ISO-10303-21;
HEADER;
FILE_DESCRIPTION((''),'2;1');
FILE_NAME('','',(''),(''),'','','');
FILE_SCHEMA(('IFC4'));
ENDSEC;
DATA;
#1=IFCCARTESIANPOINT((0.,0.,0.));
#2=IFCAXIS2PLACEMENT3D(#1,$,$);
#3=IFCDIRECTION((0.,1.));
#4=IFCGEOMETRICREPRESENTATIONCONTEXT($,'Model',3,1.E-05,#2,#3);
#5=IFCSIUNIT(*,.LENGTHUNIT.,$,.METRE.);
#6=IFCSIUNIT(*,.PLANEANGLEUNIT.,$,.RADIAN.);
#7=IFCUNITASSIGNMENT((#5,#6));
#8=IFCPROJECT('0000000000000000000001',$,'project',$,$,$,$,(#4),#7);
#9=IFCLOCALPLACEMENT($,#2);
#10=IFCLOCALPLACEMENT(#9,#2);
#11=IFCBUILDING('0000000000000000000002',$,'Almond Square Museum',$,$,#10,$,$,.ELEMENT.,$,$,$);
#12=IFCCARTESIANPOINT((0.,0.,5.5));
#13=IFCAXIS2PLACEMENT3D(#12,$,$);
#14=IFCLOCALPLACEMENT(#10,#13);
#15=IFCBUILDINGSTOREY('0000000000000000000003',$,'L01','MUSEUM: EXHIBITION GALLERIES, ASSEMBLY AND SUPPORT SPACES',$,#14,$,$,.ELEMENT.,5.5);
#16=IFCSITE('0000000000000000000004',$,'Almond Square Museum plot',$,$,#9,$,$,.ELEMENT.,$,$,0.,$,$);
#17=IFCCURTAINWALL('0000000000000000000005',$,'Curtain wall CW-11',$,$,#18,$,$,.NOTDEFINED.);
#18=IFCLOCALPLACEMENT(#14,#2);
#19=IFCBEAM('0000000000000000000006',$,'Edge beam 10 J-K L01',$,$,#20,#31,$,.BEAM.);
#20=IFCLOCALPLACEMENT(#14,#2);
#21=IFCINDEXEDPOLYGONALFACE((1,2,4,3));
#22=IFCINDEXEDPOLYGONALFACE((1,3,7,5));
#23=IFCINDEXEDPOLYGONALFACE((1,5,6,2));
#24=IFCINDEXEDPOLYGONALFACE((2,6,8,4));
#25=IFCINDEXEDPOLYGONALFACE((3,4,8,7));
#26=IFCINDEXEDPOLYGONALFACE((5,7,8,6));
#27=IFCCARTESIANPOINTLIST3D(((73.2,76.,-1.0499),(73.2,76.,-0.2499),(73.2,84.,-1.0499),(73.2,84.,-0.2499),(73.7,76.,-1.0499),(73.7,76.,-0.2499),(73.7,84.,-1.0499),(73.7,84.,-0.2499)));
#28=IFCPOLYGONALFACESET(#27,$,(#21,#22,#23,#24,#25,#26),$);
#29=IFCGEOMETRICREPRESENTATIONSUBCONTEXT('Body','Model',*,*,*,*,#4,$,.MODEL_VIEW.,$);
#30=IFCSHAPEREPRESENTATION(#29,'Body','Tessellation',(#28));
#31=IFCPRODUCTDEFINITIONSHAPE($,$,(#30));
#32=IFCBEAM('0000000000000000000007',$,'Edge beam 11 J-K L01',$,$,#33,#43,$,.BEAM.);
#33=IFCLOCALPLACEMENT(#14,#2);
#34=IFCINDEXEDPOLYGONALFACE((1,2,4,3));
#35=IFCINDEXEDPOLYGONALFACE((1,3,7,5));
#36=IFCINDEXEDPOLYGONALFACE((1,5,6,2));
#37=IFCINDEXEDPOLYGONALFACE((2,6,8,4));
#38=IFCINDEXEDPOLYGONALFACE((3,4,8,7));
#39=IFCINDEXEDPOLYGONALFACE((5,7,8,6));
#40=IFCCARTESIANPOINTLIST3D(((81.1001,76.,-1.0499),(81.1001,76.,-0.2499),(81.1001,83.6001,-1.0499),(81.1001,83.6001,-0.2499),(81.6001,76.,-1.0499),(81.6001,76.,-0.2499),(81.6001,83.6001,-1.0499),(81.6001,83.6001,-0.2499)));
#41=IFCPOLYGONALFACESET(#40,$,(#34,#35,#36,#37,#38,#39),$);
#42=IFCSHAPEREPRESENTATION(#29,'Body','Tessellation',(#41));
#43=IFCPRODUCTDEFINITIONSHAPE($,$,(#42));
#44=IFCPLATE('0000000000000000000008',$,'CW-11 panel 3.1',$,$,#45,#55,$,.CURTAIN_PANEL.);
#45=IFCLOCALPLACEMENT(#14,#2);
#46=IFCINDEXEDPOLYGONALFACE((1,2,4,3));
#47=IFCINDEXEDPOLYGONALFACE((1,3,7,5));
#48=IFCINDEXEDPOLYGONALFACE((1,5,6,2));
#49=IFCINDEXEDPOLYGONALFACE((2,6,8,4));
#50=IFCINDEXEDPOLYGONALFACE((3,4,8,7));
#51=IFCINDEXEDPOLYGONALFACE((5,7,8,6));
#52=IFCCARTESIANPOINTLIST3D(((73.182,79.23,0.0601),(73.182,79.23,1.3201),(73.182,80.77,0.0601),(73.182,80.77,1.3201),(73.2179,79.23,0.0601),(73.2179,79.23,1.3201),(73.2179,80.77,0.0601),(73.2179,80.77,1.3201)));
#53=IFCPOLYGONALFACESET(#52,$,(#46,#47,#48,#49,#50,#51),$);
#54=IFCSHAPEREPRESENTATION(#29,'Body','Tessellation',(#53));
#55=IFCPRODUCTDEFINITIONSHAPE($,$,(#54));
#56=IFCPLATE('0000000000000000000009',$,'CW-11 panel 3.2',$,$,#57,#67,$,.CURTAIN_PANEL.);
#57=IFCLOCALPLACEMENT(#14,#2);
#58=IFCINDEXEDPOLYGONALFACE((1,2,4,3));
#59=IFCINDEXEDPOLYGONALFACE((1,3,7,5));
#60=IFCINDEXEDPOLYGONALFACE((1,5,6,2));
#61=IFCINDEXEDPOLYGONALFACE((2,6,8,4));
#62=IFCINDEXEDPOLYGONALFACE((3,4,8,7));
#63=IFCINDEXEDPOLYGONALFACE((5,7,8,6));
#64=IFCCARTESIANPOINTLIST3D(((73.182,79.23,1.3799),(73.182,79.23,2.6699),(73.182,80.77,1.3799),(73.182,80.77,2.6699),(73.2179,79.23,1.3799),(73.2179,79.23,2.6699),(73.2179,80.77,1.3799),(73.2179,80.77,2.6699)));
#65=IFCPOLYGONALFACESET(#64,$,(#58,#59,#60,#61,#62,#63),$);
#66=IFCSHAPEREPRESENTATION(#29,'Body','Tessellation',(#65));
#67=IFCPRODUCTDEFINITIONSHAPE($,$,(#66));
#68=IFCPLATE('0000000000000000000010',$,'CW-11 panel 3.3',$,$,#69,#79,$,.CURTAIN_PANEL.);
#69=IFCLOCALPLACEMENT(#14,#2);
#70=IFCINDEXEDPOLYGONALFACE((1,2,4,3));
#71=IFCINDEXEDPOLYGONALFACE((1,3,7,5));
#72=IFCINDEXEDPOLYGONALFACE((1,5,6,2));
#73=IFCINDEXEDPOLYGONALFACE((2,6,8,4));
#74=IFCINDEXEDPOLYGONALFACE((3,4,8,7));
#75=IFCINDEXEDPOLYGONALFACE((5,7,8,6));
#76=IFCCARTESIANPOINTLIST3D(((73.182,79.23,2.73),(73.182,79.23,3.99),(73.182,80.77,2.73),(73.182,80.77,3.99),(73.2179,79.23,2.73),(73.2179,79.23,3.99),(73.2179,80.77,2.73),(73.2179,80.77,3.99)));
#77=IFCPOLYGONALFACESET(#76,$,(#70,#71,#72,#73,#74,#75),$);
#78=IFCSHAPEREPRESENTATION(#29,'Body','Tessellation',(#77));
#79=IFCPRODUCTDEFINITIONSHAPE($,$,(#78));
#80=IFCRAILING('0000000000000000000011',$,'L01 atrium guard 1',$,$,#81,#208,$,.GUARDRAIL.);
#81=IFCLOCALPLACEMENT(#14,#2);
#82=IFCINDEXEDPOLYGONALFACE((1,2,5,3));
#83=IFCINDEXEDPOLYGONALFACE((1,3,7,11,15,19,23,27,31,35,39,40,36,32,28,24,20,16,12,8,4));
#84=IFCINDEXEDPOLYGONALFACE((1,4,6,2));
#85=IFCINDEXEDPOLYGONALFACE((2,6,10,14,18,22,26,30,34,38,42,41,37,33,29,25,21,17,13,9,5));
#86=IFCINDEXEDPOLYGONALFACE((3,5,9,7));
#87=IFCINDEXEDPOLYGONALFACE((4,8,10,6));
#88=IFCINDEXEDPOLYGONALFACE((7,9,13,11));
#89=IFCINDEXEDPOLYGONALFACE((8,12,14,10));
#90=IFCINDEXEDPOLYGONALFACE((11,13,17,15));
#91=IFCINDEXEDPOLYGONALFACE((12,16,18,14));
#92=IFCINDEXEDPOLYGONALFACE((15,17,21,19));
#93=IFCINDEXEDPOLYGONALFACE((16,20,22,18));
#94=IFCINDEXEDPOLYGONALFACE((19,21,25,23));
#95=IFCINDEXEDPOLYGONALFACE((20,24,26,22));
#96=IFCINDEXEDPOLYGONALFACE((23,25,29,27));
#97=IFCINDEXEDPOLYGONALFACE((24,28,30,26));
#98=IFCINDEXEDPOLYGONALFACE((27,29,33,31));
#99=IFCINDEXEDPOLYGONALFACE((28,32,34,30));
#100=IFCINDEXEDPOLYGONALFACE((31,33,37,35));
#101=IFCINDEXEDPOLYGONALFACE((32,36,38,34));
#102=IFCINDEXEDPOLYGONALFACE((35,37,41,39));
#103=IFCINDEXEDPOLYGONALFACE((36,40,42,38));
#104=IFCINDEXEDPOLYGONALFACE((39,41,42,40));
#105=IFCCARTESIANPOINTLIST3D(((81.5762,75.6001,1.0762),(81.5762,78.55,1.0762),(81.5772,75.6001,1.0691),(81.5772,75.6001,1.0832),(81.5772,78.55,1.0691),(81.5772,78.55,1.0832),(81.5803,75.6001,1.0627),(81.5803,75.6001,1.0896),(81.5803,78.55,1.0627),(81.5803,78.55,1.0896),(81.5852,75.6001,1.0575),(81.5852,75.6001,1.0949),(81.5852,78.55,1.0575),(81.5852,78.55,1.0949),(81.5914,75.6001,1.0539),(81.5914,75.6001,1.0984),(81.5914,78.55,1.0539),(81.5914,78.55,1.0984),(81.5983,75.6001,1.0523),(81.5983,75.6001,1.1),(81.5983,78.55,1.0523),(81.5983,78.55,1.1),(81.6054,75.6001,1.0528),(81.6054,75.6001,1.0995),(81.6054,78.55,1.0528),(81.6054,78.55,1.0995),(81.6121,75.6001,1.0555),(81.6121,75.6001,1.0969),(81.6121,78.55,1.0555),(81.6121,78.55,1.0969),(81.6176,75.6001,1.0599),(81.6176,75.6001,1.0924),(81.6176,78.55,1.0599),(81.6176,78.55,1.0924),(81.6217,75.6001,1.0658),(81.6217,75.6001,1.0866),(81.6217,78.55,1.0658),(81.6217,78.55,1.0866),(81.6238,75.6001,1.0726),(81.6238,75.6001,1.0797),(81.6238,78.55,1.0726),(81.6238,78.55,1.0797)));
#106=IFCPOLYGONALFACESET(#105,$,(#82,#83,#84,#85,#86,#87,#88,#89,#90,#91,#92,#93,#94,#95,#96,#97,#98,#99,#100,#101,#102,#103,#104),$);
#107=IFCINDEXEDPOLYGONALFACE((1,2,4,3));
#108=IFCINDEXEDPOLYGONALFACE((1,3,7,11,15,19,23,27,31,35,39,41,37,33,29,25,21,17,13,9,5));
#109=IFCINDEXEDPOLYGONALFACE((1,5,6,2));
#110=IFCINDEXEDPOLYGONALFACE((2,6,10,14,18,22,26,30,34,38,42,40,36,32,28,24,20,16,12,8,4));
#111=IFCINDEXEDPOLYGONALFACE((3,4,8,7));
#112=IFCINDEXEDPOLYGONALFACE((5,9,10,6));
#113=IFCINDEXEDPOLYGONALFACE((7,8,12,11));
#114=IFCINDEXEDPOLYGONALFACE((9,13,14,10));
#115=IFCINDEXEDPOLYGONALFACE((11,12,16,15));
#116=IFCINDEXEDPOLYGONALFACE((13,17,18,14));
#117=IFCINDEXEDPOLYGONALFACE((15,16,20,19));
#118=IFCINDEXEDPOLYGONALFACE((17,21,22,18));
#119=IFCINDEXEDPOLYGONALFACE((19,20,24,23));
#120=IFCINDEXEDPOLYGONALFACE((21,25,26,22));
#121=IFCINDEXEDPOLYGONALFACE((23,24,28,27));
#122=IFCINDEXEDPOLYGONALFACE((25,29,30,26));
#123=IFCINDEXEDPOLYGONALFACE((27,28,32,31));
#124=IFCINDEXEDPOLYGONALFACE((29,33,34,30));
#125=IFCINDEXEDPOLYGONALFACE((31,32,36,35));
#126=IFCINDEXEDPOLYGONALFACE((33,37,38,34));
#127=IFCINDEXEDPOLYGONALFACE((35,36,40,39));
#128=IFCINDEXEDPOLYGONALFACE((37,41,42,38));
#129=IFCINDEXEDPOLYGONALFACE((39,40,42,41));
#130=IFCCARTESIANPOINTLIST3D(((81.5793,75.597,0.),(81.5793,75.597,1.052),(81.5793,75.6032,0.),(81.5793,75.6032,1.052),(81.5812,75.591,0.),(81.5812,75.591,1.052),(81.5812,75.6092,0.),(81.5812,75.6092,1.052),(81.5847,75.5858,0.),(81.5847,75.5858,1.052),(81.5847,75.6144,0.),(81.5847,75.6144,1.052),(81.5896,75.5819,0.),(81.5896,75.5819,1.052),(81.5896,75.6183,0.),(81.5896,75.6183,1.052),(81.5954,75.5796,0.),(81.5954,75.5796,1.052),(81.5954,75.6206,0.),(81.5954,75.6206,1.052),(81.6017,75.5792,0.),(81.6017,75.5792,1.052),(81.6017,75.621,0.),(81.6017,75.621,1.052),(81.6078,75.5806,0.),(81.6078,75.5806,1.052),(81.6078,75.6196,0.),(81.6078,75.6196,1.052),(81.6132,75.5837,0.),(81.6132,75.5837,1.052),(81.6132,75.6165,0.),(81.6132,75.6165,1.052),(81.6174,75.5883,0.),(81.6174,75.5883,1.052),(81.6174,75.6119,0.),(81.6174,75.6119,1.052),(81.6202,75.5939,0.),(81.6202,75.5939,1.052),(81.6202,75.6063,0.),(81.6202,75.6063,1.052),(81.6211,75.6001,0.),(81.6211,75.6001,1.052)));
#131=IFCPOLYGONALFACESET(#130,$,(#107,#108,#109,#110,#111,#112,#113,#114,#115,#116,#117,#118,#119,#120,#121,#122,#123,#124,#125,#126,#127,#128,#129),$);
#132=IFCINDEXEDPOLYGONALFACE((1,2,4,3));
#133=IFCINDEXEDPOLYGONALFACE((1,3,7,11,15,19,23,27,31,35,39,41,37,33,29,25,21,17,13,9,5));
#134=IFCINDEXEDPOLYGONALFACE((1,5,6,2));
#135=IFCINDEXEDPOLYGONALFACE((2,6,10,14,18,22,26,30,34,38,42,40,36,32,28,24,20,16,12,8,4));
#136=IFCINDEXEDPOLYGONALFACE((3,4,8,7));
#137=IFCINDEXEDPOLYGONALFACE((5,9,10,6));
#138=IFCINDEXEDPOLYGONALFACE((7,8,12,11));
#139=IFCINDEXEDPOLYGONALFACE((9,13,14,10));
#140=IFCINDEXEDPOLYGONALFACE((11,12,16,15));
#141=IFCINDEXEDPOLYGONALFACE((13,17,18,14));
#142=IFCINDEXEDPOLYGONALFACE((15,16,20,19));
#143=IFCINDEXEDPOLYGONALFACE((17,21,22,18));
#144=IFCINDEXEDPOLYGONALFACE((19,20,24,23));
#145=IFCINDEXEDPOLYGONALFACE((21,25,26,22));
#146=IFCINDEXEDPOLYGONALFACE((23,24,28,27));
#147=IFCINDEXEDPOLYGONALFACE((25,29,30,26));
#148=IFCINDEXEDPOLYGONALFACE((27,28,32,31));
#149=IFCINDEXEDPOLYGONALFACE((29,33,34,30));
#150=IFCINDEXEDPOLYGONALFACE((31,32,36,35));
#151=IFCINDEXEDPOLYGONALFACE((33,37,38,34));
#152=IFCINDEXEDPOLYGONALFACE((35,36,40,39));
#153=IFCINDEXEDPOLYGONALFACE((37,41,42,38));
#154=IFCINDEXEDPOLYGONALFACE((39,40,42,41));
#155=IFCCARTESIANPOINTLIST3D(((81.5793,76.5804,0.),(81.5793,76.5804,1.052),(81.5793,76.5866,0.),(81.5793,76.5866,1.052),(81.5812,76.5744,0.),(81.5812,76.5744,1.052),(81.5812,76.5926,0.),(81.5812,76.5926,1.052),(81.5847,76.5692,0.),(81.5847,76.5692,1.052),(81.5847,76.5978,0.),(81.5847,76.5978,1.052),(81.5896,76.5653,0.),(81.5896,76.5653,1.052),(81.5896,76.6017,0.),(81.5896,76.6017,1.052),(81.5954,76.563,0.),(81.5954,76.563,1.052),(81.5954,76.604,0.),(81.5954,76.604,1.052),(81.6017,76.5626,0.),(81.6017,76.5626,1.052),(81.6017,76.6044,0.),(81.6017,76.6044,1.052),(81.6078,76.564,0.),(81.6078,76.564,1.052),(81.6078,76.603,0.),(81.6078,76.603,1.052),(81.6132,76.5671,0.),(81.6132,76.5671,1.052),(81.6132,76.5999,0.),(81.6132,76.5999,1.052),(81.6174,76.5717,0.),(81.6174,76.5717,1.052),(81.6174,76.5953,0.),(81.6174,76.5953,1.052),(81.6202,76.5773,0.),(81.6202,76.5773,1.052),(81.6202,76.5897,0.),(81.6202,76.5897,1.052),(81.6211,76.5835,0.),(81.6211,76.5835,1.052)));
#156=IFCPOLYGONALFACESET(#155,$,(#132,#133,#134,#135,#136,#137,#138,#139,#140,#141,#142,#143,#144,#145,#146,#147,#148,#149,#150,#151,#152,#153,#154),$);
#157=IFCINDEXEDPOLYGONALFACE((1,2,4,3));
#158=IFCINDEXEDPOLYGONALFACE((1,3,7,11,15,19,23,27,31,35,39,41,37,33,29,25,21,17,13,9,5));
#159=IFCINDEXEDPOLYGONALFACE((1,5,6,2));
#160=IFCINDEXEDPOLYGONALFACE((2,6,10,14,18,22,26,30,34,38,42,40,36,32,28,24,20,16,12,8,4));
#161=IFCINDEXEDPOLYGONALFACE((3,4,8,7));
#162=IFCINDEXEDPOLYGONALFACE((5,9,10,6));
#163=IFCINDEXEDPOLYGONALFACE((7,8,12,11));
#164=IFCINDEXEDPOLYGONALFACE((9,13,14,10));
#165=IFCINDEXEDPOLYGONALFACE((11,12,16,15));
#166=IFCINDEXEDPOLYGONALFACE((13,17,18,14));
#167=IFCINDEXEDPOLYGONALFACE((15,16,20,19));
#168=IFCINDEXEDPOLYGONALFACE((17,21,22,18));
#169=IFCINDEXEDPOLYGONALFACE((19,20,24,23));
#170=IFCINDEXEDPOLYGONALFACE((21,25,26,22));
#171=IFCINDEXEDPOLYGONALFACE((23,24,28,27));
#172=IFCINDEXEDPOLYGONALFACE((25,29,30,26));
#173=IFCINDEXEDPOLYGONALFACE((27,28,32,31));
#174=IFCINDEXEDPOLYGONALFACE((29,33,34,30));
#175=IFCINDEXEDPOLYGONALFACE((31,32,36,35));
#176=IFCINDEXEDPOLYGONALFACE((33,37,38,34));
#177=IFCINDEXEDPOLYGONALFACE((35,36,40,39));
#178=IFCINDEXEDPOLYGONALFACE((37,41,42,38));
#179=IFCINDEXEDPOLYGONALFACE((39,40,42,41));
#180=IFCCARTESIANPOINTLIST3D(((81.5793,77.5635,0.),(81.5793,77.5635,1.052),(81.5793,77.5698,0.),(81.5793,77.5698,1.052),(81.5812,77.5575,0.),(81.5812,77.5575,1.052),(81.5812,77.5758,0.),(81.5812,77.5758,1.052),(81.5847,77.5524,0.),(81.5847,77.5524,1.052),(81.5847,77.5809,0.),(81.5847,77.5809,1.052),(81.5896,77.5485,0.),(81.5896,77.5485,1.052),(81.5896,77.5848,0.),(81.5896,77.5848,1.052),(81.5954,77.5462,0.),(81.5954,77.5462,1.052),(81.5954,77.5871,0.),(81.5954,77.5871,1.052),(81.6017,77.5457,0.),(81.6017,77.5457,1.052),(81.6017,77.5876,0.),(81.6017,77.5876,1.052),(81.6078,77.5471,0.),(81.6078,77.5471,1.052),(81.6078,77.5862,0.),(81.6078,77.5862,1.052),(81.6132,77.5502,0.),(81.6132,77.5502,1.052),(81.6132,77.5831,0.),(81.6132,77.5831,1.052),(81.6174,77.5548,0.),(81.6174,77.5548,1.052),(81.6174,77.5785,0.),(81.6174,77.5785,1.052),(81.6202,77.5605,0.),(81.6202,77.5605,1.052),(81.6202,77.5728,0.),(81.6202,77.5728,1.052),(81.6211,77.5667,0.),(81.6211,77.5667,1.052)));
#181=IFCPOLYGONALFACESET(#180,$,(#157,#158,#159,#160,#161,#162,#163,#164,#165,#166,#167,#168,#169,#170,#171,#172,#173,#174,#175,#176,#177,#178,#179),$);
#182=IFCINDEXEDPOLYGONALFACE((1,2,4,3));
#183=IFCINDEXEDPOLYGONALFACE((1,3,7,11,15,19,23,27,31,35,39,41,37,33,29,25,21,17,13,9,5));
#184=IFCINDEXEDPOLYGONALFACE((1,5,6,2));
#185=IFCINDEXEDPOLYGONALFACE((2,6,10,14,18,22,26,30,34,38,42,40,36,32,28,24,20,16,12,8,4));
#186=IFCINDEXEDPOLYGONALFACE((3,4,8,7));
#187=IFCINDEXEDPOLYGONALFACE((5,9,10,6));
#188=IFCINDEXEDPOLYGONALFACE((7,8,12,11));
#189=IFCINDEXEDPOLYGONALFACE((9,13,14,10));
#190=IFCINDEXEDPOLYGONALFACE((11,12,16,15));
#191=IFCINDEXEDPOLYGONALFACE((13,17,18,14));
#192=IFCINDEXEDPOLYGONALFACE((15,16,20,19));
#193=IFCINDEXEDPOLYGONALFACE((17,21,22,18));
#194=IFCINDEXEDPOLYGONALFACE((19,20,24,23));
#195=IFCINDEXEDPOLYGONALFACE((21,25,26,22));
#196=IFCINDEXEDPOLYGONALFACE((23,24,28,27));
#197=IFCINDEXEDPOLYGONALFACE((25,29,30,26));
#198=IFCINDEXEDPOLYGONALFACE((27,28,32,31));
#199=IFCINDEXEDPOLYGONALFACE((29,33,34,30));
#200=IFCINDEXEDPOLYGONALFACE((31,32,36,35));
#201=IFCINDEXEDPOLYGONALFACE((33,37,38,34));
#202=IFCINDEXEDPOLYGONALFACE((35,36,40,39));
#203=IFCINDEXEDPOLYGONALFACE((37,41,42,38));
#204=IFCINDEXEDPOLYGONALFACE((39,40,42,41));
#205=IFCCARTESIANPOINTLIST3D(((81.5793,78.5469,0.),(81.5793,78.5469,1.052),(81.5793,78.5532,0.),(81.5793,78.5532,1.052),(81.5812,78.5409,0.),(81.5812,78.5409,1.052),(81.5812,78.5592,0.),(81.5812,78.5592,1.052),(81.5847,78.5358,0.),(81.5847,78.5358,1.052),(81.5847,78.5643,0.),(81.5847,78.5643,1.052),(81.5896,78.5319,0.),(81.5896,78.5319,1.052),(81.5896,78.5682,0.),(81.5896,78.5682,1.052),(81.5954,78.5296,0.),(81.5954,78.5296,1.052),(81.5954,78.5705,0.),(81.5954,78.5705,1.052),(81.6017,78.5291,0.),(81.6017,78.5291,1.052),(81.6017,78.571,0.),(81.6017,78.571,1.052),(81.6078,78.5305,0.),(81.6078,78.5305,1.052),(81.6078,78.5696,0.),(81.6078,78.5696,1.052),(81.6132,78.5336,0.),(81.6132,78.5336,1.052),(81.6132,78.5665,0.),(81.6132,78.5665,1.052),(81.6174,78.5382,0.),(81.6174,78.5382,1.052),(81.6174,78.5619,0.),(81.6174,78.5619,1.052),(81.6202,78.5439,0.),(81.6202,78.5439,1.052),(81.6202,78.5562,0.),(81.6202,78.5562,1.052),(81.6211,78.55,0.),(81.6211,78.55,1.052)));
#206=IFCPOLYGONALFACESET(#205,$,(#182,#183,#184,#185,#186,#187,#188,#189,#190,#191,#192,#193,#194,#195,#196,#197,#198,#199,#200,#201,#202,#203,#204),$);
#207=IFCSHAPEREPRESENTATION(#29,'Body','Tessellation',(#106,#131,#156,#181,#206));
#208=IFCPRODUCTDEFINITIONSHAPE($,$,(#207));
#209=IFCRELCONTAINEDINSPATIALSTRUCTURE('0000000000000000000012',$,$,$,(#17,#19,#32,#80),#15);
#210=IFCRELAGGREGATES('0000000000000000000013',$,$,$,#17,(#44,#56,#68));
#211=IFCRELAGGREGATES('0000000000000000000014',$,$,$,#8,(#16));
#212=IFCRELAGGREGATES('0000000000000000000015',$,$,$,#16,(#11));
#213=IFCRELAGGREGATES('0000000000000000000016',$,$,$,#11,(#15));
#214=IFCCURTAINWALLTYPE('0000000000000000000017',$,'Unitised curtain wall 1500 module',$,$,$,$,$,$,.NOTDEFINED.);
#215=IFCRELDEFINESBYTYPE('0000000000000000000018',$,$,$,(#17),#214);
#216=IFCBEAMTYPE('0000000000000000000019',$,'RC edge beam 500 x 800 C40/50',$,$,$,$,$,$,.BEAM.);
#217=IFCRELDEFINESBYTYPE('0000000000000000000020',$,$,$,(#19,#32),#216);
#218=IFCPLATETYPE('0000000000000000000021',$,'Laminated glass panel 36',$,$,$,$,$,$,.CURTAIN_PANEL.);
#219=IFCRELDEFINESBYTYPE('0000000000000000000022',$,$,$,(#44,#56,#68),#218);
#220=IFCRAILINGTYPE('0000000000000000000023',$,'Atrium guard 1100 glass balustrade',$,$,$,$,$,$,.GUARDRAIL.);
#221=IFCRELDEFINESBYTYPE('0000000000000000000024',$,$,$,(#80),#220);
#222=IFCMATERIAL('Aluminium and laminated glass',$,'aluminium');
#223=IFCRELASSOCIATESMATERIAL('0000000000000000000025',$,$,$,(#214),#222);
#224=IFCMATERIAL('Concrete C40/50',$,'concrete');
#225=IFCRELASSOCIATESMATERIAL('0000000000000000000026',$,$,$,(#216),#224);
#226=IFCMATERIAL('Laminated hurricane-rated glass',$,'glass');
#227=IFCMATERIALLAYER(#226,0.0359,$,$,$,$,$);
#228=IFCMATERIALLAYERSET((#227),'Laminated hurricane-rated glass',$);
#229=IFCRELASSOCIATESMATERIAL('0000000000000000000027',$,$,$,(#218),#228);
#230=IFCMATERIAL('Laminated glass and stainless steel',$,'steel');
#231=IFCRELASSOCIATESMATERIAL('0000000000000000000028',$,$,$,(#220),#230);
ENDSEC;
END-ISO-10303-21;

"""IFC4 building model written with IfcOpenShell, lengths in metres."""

from ifc_helpers import new_model, si_unit, direction, frame, origin, origin_2d, place, context, subcontext, project, spatial, rectangle, circle, extrude, material, layer, layer_set, material_profile, profile_set, type_object, element, aggregate, save


model = new_model("IFC4")

# Units and contexts
model_context = context("Model", 3, precision=1e-05, world=origin(), true_north=direction((0.0, 1.0)))
body_context = subcontext(model_context, "Body", "Model", "MODEL_VIEW")
ifc_project = project(units=[si_unit("LENGTHUNIT", "METRE"), si_unit("PLANEANGLEUNIT", "RADIAN")], contexts=[model_context])

# Site, building, storey
site_placement = place(None, origin())
site = spatial("IfcSite", under=ifc_project, at=site_placement, Name="Almond Square Museum plot", CompositionType="ELEMENT", RefElevation=0.0)
building_placement = place(site_placement, origin())
building = spatial("IfcBuilding", under=site, at=building_placement, Name="Almond Square Museum", CompositionType="ELEMENT")
storey_placement = place(building_placement, frame((0.0, 0.0, 5.5)))
storey = spatial("IfcBuildingStorey", under=building, at=storey_placement, Name="L01", Description="MUSEUM: EXHIBITION GALLERIES, ASSEMBLY AND SUPPORT SPACES", CompositionType="ELEMENT", Elevation=5.5)

# Curtain wall
ifc_material_1 = material(Name="Aluminium and laminated glass", Category="aluminium")
curtain_wall_type = type_object("IfcCurtainWallType", Name="Unitised curtain wall 1500 module", PredefinedType="NOTDEFINED", material=ifc_material_1)
curtain_wall_1_placement = place(storey_placement, origin())
curtain_wall_1 = element("IfcCurtainWall", 1, at=curtain_wall_1_placement, inside=storey, type_object=curtain_wall_type, Name="Curtain wall CW-11", PredefinedType="NOTDEFINED")

# Beams
ifc_material_2 = material(Name="Concrete C40/50", Category="concrete")
ifc_material_profile_1 = material_profile(ifc_material_2, rectangle(XDim=0.5, YDim=0.8, at=origin_2d()))
ifc_profile_set_1 = profile_set([ifc_material_profile_1], Name="Concrete C40/50")
beam_type_1 = type_object("IfcBeamType", Name="RC edge beam 500 x 800 C40/50", PredefinedType="BEAM", material=ifc_profile_set_1)
beam_1_placement = place(storey_placement, frame((73.45, 76.0, -0.6499), z_axis=(0.0, 1.0, 0.0), x_axis=(-1.0, 0.0, 0.0)))
element("IfcBeam", 2, at=beam_1_placement, inside=storey, type_object=beam_type_1, Name="Edge beam 10 J-K L01", PredefinedType="BEAM", context=body_context, shape_type="SweptSolid", body=[
    extrude(rectangle(XDim=0.5, YDim=0.8, at=origin_2d()), origin(), (0.0, 0.0, 1.0), 8.0),
])
beam_2_placement = place(storey_placement, frame((81.3501, 76.0, -0.6499), z_axis=(0.0, 1.0, 0.0), x_axis=(-1.0, 0.0, 0.0)))
element("IfcBeam", 3, at=beam_2_placement, inside=storey, type_object=beam_type_1, Name="Edge beam 11 J-K L01", PredefinedType="BEAM", context=body_context, shape_type="SweptSolid", body=[
    extrude(rectangle(XDim=0.5, YDim=0.8, at=origin_2d()), origin(), (0.0, 0.0, 1.0), 7.6001),
])

# Plates
ifc_material_3 = material(Name="Laminated hurricane-rated glass", Category="glass")
ifc_layer = layer(ifc_material_3, 0.0359)
ifc_layer_set = layer_set([ifc_layer], Name="Laminated hurricane-rated glass")
plate_type = type_object("IfcPlateType", Name="Laminated glass panel 36", PredefinedType="CURTAIN_PANEL", material=ifc_layer_set)
plate_1_placement = place(storey_placement, frame((73.2, 80.0, 0.0601), z_axis=(0.0, 0.0, 1.0), x_axis=(0.0, 1.0, 0.0)))
plate_1 = element("IfcPlate", 4, at=plate_1_placement, type_object=plate_type, Name="CW-11 panel 3.1", PredefinedType="CURTAIN_PANEL", context=body_context, shape_type="SweptSolid", body=[
    extrude(rectangle(XDim=1.54, YDim=0.0359, at=origin_2d()), origin(), (0.0, 0.0, 1.0), 1.26),
])
plate_2_placement = place(storey_placement, frame((73.2, 80.0, 1.3799), z_axis=(0.0, 0.0, 1.0), x_axis=(0.0, 1.0, 0.0)))
plate_2 = element("IfcPlate", 5, at=plate_2_placement, type_object=plate_type, Name="CW-11 panel 3.2", PredefinedType="CURTAIN_PANEL", context=body_context, shape_type="SweptSolid", body=[
    extrude(rectangle(XDim=1.54, YDim=0.0359, at=origin_2d()), origin(), (0.0, 0.0, 1.0), 1.29),
])
plate_3_placement = place(storey_placement, frame((73.2, 80.0, 2.73), z_axis=(0.0, 0.0, 1.0), x_axis=(0.0, 1.0, 0.0)))
plate_3 = element("IfcPlate", 6, at=plate_3_placement, type_object=plate_type, Name="CW-11 panel 3.3", PredefinedType="CURTAIN_PANEL", context=body_context, shape_type="SweptSolid", body=[
    extrude(rectangle(XDim=1.54, YDim=0.0359, at=origin_2d()), origin(), (0.0, 0.0, 1.0), 1.26),
])
aggregate(curtain_wall_1, [plate_1, plate_2, plate_3])

# Railing
ifc_material_4 = material(Name="Laminated glass and stainless steel", Category="steel")
railing_type_1 = type_object("IfcRailingType", Name="Atrium guard 1100 glass balustrade", PredefinedType="GUARDRAIL", material=ifc_material_4)
railing_1_placement = place(storey_placement, frame((81.6001, 75.6001, 0.0)))
element("IfcRailing", 7, at=railing_1_placement, inside=storey, type_object=railing_type_1, Name="L01 atrium guard 1", PredefinedType="GUARDRAIL", context=body_context, shape_type="SweptSolid", body=[
    extrude(circle(Radius=0.0239, at=origin_2d()), frame((0.0, 0.0, 1.0762), z_axis=(0.0, 1.0, 0.0), x_axis=(-1.0, 0.0, 0.0)), (0.0, 0.0, 1.0), 2.95),
    extrude(circle(Radius=0.021, at=origin_2d()), origin(), (0.0, 0.0, 1.0), 1.052),
    extrude(circle(Radius=0.021, at=origin_2d()), frame((0.0, 0.9834, 0.0)), (0.0, 0.0, 1.0), 1.052),
    extrude(circle(Radius=0.021, at=origin_2d()), frame((0.0, 1.9666, 0.0)), (0.0, 0.0, 1.0), 1.052),
    extrude(circle(Radius=0.021, at=origin_2d()), frame((0.0, 2.95, 0.0)), (0.0, 0.0, 1.0), 1.052),
])

save(model, "model.ifc")
